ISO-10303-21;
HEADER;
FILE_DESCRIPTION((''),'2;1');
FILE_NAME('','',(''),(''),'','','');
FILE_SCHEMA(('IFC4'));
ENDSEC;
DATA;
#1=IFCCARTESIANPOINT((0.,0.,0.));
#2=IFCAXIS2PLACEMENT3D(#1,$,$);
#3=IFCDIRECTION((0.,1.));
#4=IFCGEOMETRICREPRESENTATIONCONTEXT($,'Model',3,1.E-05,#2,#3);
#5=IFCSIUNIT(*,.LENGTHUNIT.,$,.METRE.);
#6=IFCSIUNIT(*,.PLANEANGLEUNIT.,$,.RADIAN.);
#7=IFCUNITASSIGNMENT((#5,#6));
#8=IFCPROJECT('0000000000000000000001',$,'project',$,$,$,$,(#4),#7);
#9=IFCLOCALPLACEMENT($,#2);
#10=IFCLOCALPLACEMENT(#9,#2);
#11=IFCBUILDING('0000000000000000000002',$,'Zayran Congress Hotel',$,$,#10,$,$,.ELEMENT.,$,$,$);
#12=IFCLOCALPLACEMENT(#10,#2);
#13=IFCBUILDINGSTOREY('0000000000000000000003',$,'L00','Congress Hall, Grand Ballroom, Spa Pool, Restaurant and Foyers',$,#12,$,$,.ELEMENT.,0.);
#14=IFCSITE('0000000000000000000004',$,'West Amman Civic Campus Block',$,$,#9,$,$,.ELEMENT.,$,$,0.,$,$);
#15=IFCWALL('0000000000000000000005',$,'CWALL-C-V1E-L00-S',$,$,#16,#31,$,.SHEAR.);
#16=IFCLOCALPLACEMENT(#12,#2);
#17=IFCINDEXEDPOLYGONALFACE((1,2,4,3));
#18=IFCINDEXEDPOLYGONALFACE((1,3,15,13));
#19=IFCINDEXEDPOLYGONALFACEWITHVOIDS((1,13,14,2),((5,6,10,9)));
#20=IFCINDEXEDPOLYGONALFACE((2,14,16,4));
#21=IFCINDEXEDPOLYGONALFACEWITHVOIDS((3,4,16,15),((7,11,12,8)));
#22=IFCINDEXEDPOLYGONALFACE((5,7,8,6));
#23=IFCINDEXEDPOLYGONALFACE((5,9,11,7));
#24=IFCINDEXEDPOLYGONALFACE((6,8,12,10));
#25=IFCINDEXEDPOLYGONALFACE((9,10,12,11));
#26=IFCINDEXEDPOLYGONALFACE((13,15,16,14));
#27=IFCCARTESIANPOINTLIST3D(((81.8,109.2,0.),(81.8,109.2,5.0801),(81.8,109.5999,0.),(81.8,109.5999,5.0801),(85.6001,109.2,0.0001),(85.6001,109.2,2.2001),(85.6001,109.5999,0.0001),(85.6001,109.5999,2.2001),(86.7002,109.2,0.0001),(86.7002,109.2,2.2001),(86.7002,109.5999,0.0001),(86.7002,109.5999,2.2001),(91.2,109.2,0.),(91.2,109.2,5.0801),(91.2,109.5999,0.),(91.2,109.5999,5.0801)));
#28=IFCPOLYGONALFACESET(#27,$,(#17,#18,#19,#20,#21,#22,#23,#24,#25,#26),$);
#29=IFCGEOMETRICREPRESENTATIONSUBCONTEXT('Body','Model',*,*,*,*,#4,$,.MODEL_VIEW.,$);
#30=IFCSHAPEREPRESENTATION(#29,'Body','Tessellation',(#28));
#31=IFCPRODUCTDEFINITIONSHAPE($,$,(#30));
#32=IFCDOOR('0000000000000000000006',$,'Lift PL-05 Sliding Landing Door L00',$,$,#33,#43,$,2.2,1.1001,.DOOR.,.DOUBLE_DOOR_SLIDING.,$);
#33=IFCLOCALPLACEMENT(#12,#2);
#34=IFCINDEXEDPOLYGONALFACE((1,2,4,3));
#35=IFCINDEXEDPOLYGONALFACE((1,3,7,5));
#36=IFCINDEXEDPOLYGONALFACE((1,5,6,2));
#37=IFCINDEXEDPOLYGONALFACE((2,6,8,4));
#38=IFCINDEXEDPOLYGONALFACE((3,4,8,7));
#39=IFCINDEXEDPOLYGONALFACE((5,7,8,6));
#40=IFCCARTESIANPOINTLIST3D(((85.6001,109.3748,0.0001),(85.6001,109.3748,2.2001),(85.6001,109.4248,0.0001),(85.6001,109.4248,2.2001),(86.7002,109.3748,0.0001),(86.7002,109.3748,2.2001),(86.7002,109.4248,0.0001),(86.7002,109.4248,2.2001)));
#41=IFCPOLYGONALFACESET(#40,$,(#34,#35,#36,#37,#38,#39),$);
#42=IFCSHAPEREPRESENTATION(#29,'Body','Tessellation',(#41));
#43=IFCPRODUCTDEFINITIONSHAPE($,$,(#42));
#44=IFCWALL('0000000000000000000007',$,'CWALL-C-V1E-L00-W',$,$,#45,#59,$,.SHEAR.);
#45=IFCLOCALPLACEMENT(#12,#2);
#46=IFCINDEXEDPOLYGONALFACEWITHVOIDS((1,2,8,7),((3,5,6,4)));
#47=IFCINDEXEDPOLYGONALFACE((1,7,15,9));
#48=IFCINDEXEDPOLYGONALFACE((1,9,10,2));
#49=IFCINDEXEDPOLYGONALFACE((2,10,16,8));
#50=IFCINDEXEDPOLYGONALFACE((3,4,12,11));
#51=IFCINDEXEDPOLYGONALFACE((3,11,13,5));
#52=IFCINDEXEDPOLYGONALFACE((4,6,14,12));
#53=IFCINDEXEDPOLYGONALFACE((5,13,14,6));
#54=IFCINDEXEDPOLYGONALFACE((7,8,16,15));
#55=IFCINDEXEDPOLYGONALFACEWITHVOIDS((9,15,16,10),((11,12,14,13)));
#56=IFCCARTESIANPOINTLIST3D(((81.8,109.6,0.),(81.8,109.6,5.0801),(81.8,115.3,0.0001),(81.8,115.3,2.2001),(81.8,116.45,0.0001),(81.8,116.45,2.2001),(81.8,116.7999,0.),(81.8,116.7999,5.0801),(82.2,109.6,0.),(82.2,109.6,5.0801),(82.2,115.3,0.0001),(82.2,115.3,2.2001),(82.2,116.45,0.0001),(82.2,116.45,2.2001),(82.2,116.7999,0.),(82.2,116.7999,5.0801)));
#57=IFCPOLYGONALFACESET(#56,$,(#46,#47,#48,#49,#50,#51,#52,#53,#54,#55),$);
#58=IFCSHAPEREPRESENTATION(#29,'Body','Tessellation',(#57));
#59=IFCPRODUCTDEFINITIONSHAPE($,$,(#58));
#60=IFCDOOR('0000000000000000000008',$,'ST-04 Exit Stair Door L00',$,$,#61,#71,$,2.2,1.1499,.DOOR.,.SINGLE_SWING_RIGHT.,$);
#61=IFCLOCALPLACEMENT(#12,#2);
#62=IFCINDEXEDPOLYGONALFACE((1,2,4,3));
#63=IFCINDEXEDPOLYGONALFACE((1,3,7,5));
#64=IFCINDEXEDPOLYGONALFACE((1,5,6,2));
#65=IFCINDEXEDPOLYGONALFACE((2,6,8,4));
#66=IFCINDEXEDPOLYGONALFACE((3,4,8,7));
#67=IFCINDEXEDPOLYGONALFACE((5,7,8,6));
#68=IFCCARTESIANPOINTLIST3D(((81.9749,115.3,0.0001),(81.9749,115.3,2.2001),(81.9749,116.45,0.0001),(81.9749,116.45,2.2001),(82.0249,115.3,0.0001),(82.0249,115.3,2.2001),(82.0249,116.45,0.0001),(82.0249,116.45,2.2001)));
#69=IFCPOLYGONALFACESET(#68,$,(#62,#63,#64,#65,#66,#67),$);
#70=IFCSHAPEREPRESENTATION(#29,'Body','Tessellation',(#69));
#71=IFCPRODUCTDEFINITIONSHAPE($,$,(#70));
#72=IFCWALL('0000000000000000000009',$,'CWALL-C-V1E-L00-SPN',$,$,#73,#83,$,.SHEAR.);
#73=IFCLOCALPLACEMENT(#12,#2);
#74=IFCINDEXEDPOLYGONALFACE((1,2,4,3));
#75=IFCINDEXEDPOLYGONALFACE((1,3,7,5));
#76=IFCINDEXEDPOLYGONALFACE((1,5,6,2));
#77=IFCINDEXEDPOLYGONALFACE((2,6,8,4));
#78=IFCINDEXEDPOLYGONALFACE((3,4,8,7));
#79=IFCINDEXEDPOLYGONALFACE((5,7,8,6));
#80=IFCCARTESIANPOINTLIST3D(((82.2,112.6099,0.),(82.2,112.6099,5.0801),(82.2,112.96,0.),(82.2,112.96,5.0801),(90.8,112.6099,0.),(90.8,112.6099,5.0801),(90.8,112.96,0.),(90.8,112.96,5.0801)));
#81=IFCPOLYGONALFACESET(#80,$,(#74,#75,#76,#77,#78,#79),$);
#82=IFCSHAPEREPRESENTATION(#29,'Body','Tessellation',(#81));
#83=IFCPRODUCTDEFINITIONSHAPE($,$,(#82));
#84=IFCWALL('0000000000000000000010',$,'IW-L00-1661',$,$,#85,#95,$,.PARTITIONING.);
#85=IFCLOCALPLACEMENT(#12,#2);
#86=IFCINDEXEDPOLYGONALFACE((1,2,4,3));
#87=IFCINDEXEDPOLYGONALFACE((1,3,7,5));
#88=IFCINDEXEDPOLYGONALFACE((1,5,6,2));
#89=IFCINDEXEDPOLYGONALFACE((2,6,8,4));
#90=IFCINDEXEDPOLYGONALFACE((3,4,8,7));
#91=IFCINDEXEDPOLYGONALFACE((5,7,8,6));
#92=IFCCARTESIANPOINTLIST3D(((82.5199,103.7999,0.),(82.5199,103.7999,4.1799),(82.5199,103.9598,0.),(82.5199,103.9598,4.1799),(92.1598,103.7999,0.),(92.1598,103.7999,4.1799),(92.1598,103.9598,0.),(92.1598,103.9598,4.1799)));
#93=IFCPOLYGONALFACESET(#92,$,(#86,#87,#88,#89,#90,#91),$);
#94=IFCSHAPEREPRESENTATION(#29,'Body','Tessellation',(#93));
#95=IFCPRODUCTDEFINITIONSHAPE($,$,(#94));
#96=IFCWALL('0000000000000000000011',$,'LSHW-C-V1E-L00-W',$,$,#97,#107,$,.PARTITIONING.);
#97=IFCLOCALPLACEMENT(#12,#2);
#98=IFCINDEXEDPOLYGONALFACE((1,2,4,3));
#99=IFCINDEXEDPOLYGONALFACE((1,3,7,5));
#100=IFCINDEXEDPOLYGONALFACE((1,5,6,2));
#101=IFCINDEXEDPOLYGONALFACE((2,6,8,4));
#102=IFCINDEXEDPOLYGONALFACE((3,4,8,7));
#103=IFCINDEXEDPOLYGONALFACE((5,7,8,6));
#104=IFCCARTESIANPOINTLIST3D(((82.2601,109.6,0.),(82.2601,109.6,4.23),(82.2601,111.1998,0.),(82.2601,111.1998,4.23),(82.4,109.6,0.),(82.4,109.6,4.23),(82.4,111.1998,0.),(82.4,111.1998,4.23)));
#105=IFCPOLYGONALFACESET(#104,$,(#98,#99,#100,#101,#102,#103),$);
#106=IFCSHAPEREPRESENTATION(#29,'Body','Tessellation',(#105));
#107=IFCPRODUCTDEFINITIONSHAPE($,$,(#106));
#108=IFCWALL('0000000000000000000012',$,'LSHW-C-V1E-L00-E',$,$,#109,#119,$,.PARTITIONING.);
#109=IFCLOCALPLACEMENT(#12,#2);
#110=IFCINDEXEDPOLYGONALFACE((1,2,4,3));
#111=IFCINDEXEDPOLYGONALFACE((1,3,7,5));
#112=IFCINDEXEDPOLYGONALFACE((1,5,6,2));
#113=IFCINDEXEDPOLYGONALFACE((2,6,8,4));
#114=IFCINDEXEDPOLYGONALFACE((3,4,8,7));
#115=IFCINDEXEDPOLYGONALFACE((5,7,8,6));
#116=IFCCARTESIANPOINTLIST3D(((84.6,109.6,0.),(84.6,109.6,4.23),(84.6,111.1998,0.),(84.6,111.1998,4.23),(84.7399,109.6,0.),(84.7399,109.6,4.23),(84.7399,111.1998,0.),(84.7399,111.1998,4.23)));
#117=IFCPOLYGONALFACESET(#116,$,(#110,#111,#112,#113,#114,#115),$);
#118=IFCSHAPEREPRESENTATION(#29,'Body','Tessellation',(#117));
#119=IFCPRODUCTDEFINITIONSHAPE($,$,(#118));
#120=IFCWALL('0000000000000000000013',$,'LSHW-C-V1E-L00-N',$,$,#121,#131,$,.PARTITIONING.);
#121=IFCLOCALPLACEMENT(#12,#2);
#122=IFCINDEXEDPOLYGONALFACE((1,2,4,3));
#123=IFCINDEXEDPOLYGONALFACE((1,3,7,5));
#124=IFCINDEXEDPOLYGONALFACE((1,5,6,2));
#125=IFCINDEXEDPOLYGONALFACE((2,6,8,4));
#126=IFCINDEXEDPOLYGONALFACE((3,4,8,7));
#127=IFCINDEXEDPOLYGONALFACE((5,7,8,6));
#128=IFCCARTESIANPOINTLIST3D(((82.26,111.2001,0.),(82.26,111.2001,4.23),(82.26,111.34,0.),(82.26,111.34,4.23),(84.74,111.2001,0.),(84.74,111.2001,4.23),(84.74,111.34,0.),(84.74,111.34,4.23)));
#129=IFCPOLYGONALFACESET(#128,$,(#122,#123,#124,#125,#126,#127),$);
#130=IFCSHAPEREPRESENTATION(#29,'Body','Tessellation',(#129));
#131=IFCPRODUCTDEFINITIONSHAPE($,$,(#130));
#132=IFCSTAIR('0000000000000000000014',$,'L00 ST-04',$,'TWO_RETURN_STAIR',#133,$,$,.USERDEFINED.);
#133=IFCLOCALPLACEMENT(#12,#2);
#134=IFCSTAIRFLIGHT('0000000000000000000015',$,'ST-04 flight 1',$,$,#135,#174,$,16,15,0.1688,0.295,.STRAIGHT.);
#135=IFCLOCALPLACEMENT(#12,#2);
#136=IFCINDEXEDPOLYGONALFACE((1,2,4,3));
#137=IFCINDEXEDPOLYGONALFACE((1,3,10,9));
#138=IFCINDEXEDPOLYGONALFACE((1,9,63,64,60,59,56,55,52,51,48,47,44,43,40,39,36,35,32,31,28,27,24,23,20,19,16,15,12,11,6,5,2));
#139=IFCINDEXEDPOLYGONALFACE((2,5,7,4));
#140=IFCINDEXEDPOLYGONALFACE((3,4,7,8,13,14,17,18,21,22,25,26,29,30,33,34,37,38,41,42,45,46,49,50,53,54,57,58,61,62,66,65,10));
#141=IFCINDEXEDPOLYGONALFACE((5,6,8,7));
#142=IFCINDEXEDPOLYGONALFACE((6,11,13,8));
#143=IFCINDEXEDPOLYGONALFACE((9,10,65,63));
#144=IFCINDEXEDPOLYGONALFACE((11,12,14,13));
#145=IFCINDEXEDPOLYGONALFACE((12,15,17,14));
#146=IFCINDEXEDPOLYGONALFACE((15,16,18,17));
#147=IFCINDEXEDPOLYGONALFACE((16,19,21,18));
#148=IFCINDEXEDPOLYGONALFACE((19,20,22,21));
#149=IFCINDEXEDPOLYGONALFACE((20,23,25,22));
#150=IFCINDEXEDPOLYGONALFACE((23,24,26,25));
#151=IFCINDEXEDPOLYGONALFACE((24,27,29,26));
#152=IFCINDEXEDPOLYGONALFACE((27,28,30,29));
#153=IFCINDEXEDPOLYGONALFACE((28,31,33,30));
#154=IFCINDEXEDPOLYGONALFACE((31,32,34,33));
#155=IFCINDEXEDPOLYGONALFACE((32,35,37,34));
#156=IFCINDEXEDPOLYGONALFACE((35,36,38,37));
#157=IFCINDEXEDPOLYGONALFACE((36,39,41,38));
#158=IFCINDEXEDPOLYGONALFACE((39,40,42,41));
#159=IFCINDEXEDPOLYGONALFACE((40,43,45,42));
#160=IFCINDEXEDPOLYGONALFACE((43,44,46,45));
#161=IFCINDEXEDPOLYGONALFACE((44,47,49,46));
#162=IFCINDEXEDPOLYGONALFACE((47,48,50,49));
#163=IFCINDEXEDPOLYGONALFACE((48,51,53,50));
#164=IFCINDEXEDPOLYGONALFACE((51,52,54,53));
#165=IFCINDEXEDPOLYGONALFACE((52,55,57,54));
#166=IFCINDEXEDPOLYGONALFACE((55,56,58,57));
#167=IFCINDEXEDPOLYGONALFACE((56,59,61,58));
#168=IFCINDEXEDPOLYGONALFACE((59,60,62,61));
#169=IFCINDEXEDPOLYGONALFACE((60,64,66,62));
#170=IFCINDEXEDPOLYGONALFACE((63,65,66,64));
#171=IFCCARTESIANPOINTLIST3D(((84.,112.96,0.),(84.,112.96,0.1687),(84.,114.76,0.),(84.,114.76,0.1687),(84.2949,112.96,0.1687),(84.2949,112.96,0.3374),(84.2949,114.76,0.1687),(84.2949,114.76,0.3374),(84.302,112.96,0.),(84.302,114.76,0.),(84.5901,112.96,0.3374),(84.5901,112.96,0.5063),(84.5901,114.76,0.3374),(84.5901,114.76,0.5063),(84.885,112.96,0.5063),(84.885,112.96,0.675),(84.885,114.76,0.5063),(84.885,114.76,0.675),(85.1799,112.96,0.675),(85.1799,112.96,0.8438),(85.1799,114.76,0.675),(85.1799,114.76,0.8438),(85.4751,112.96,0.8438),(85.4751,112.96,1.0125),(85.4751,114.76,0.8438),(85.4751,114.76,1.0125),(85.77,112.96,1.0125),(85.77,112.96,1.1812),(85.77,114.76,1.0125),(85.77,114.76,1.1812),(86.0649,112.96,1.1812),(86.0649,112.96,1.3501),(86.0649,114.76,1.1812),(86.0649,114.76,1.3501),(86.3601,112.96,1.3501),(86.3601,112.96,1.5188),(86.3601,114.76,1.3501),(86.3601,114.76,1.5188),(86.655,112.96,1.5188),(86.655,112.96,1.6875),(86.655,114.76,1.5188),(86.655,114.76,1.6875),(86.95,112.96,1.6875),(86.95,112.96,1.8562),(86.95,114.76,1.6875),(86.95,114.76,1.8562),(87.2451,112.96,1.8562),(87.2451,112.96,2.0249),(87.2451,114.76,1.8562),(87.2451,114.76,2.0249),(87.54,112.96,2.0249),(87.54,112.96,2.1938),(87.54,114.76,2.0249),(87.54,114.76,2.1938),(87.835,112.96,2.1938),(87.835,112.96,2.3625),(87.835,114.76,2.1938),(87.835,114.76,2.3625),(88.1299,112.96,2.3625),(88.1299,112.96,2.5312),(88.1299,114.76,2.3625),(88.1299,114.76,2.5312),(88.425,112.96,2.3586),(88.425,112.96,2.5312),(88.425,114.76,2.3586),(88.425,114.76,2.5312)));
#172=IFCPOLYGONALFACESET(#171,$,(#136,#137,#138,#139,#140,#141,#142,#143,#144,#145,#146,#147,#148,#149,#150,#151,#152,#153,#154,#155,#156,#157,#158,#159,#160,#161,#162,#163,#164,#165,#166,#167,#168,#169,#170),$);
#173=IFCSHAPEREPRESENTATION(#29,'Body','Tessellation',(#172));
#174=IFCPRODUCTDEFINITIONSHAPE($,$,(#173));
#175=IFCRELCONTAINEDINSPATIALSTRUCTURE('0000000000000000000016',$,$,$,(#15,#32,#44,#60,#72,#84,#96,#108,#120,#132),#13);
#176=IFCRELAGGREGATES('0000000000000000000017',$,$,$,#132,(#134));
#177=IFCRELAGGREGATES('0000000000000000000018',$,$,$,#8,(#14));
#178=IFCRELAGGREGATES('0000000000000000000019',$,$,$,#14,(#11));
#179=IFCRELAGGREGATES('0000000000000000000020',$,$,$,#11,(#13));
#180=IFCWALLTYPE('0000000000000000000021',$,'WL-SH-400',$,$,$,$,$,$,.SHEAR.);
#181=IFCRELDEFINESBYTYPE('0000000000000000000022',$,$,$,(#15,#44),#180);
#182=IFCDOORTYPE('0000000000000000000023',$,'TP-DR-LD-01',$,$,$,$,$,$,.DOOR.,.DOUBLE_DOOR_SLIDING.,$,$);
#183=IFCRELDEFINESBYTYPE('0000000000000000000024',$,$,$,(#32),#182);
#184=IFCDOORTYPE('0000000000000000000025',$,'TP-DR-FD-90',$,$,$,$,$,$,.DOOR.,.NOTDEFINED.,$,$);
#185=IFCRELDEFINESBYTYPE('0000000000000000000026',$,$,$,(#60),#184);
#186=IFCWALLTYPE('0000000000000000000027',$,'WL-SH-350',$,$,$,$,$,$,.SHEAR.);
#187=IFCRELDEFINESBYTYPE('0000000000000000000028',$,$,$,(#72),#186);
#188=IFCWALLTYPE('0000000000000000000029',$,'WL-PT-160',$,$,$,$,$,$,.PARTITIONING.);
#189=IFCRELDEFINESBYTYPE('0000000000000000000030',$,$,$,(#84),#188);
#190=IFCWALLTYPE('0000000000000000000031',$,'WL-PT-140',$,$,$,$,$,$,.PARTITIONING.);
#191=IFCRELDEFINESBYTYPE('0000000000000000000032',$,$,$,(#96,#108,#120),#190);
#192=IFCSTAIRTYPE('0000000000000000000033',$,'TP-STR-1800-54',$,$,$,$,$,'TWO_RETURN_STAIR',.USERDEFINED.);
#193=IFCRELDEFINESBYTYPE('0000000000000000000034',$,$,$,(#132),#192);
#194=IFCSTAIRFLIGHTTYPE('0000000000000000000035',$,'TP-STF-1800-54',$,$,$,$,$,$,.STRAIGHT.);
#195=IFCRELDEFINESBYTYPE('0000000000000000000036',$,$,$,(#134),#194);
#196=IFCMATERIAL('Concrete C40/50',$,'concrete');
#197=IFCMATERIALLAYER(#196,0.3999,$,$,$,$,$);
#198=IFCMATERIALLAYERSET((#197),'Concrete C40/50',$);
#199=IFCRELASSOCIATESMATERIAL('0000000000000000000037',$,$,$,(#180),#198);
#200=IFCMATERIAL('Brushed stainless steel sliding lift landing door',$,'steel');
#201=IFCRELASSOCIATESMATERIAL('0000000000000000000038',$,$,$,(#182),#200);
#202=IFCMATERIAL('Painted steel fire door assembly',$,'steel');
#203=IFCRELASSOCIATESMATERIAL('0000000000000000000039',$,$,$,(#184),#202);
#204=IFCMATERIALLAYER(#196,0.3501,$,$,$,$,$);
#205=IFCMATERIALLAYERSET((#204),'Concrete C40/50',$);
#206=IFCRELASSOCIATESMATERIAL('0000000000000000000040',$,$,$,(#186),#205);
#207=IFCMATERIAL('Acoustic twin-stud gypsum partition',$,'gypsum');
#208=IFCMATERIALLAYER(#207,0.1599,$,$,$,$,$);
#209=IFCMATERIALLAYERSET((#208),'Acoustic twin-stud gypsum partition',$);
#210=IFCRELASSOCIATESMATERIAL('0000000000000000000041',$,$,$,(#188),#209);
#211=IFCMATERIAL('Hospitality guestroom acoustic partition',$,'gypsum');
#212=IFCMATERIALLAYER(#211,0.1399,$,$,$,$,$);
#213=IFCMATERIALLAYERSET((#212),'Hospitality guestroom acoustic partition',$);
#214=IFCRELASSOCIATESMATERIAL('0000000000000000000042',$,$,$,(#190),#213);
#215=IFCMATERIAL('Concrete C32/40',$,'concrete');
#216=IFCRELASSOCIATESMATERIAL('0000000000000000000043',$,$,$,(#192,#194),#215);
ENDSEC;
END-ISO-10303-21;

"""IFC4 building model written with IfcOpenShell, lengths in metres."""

from ifc_helpers import new_model, si_unit, direction, frame, frame_2d, origin, place, context, subcontext, project, spatial, polyline, rectangle, outline, extrude, material, layer, layer_set, type_object, element, fill, aggregate, save


model = new_model("IFC4")

# Units and contexts
model_context = context("Model", 3, precision=1e-05, world=origin(), true_north=direction((0.0, 1.0)))
body_context = subcontext(model_context, "Body", "Model", "MODEL_VIEW")
ifc_project = project(units=[si_unit("LENGTHUNIT", "METRE"), si_unit("PLANEANGLEUNIT", "RADIAN")], contexts=[model_context])

# Site, building, storey
site_placement = place(None, origin())
site = spatial("IfcSite", under=ifc_project, at=site_placement, Name="West Amman Civic Campus Block", CompositionType="ELEMENT", RefElevation=0.0)
building_placement = place(site_placement, origin())
building = spatial("IfcBuilding", under=site, at=building_placement, Name="Zayran Congress Hotel", CompositionType="ELEMENT")
storey_placement = place(building_placement, origin())
storey = spatial("IfcBuildingStorey", under=building, at=storey_placement, Name="L00", Description="Congress Hall, Grand Ballroom, Spa Pool, Restaurant and Foyers", CompositionType="ELEMENT", Elevation=0.0)

# Shared definitions
ifc_material_1 = material(Name="Concrete C40/50", Category="concrete")

# Walls, openings, doors
ifc_layer_1 = layer(ifc_material_1, 0.3999)
ifc_layer_set_1 = layer_set([ifc_layer_1], Name="Concrete C40/50")
wall_type_1 = type_object("IfcWallType", Name="WL-SH-400", PredefinedType="SHEAR", material=ifc_layer_set_1)
wall_1_placement = place(storey_placement, frame((81.8, 109.3999, 0.0), z_axis=(0.0, 0.0, 1.0), x_axis=(1.0, 0.0, 0.0)))
wall_1 = element("IfcWall", 1, at=wall_1_placement, inside=storey, type_object=wall_type_1, Name="CWALL-C-V1E-L00-S", PredefinedType="SHEAR", context=body_context, shape_type="SweptSolid", body=[
    extrude(rectangle(XDim=9.3999, YDim=0.3999, at=frame_2d((4.7, 0.0))), origin(), (0.0, 0.0, 1.0), 5.0801),
])
opening_1_placement = place(wall_1_placement, frame((3.8, 0.0, 0.0)))
opening_1 = element("IfcOpeningElement", 2, at=opening_1_placement, cuts=wall_1, PredefinedType="OPENING", context=body_context, shape_type="SweptSolid", body=[
    extrude(rectangle(XDim=1.1001, YDim=2.2, at=frame_2d((0.55, 1.1001))), frame((0.0, 0.21, 0.0), z_axis=(0.0, -1.0, 0.0), x_axis=(1.0, 0.0, 0.0)), (0.0, 0.0, 1.0), 0.4199),
])
ifc_material_2 = material(Name="Brushed stainless steel sliding lift landing door", Category="steel")
door_type_1 = type_object("IfcDoorType", Name="TP-DR-LD-01", OperationType="DOUBLE_DOOR_SLIDING", PredefinedType="DOOR", material=ifc_material_2)
door_1_placement = place(opening_1_placement, origin())
door_1 = element("IfcDoor", 3, at=door_1_placement, inside=storey, type_object=door_type_1, Name="Lift PL-05 Sliding Landing Door L00", OperationType="DOUBLE_DOOR_SLIDING", OverallHeight=2.2, OverallWidth=1.1001, PredefinedType="DOOR", context=body_context, shape_type="SweptSolid", body=[
    extrude(rectangle(XDim=1.1001, YDim=2.2, at=frame_2d((0.55, 1.1001))), frame((0.0, 0.0249, 0.0), z_axis=(0.0, -1.0, 0.0), x_axis=(1.0, 0.0, 0.0)), (0.0, 0.0, 1.0), 0.05),
])
fill(opening_1, door_1)
wall_2_placement = place(storey_placement, frame((82.0, 116.8, 0.0), z_axis=(0.0, 0.0, 1.0), x_axis=(0.0, -1.0, 0.0)))
wall_2 = element("IfcWall", 4, at=wall_2_placement, inside=storey, type_object=wall_type_1, Name="CWALL-C-V1E-L00-W", PredefinedType="SHEAR", context=body_context, shape_type="SweptSolid", body=[
    extrude(rectangle(XDim=7.2, YDim=0.3999, at=frame_2d((3.6001, 0.0))), origin(), (0.0, 0.0, 1.0), 5.0801),
])
opening_2_placement = place(wall_2_placement, frame((0.3501, 0.0, 0.0)))
opening_2 = element("IfcOpeningElement", 5, at=opening_2_placement, cuts=wall_2, PredefinedType="OPENING", context=body_context, shape_type="SweptSolid", body=[
    extrude(rectangle(XDim=1.1499, YDim=2.2, at=frame_2d((0.575, 1.1001))), frame((0.0, 0.21, 0.0), z_axis=(0.0, -1.0, 0.0), x_axis=(1.0, 0.0, 0.0)), (0.0, 0.0, 1.0), 0.4199),
])
ifc_material_3 = material(Name="Painted steel fire door assembly", Category="steel")
door_type_2 = type_object("IfcDoorType", Name="TP-DR-FD-90", OperationType="NOTDEFINED", PredefinedType="DOOR", material=ifc_material_3)
door_2_placement = place(opening_2_placement, origin())
door_2 = element("IfcDoor", 6, at=door_2_placement, inside=storey, type_object=door_type_2, Name="ST-04 Exit Stair Door L00", OperationType="SINGLE_SWING_RIGHT", OverallHeight=2.2, OverallWidth=1.1499, PredefinedType="DOOR", context=body_context, shape_type="SweptSolid", body=[
    extrude(rectangle(XDim=1.1499, YDim=2.2, at=frame_2d((0.575, 1.1001))), frame((0.0, 0.0249, 0.0), z_axis=(0.0, -1.0, 0.0), x_axis=(1.0, 0.0, 0.0)), (0.0, 0.0, 1.0), 0.05),
])
fill(opening_2, door_2)

# Walls
ifc_layer_2 = layer(ifc_material_1, 0.3501)
ifc_layer_set_2 = layer_set([ifc_layer_2], Name="Concrete C40/50")
wall_type_2 = type_object("IfcWallType", Name="WL-SH-350", PredefinedType="SHEAR", material=ifc_layer_set_2)
wall_3_placement = place(storey_placement, frame((82.2, 112.7849, 0.0), z_axis=(0.0, 0.0, 1.0), x_axis=(1.0, 0.0, 0.0)))
element("IfcWall", 7, at=wall_3_placement, inside=storey, type_object=wall_type_2, Name="CWALL-C-V1E-L00-SPN", PredefinedType="SHEAR", context=body_context, shape_type="SweptSolid", body=[
    extrude(rectangle(XDim=8.6001, YDim=0.3501, at=frame_2d((4.3, 0.0))), origin(), (0.0, 0.0, 1.0), 5.0801),
])
ifc_material_4 = material(Name="Acoustic twin-stud gypsum partition", Category="gypsum")
ifc_layer_3 = layer(ifc_material_4, 0.1599)
ifc_layer_set_3 = layer_set([ifc_layer_3], Name="Acoustic twin-stud gypsum partition")
wall_type_3 = type_object("IfcWallType", Name="WL-PT-160", PredefinedType="PARTITIONING", material=ifc_layer_set_3)
wall_4_placement = place(storey_placement, frame((82.52, 103.8799, 0.0), z_axis=(0.0, 0.0, 1.0), x_axis=(1.0, 0.0, 0.0)))
element("IfcWall", 8, at=wall_4_placement, inside=storey, type_object=wall_type_3, Name="IW-L00-1661", PredefinedType="PARTITIONING", context=body_context, shape_type="SweptSolid", body=[
    extrude(rectangle(XDim=9.6399, YDim=0.1599, at=frame_2d((4.8198, 0.0))), origin(), (0.0, 0.0, 1.0), 4.1799),
])
ifc_material_5 = material(Name="Hospitality guestroom acoustic partition", Category="gypsum")
ifc_layer_4 = layer(ifc_material_5, 0.1399)
ifc_layer_set_4 = layer_set([ifc_layer_4], Name="Hospitality guestroom acoustic partition")
wall_type_4 = type_object("IfcWallType", Name="WL-PT-140", PredefinedType="PARTITIONING", material=ifc_layer_set_4)
for number, where, z_axis, x_axis, name in (
    (9, (82.3301, 109.6001, 0.0), (0.0, 0.0, 1.0), (0.0, 1.0, 0.0), "LSHW-C-V1E-L00-W"),
    (10, (84.6699, 109.6001, 0.0), (0.0, 0.0, 1.0), (0.0, 1.0, 0.0), "LSHW-C-V1E-L00-E"),
):
    element("IfcWall", number, at=place(storey_placement, frame(where, z_axis=z_axis, x_axis=x_axis)), inside=storey, type_object=wall_type_4, Name=name, PredefinedType="PARTITIONING", context=body_context, shape_type="SweptSolid", body=[
        extrude(rectangle(XDim=1.5999, YDim=0.1399, at=frame_2d((0.7998, 0.0))), origin(), (0.0, 0.0, 1.0), 4.23),
    ])
wall_5_placement = place(storey_placement, frame((82.26, 111.27, 0.0), z_axis=(0.0, 0.0, 1.0), x_axis=(1.0, 0.0, 0.0)))
element("IfcWall", 11, at=wall_5_placement, inside=storey, type_object=wall_type_4, Name="LSHW-C-V1E-L00-N", PredefinedType="PARTITIONING", context=body_context, shape_type="SweptSolid", body=[
    extrude(rectangle(XDim=2.48, YDim=0.1399, at=frame_2d((1.24, 0.0))), origin(), (0.0, 0.0, 1.0), 4.23),
])

# Stair, stair flight
ifc_material_6 = material(Name="Concrete C32/40", Category="concrete")
stair_type = type_object("IfcStairType", Name="TP-STR-1800-54", ElementType="TWO_RETURN_STAIR", PredefinedType="USERDEFINED", material=ifc_material_6)
stair_placement = place(storey_placement, origin())
stair = element("IfcStair", 12, at=stair_placement, inside=storey, type_object=stair_type, Name="L00 ST-04", ObjectType="TWO_RETURN_STAIR", PredefinedType="USERDEFINED")
stair_flight_type = type_object("IfcStairFlightType", Name="TP-STF-1800-54", PredefinedType="STRAIGHT", material=ifc_material_6)
stair_flight_1_placement = place(storey_placement, frame((84.0, 113.8601, 0.0), z_axis=(0.0, 0.0, 1.0), x_axis=(1.0, 0.0, 0.0)))
stair_flight_1 = element("IfcStairFlight", 13, at=stair_flight_1_placement, type_object=stair_flight_type, Name="ST-04 flight 1", NumberOfRisers=16, NumberOfTreads=15, PredefinedType="STRAIGHT", RiserHeight=0.1688, TreadLength=0.295, context=body_context, shape_type="SweptSolid", body=[
    extrude(outline(polyline([(0.0, 0.0), (0.0, 0.1687), (0.2949, 0.1687), (0.2949, 0.3374), (0.5901, 0.3374), (0.5901, 0.5063), (0.885, 0.5063), (0.885, 0.675), (1.1799, 0.675), (1.1799, 0.8438), (1.4751, 0.8438), (1.4751, 1.0125), (1.77, 1.0125), (1.77, 1.1812), (2.0649, 1.1812), (2.0649, 1.3501), (2.3601, 1.3501), (2.3601, 1.5188), (2.655, 1.5188), (2.655, 1.6875), (2.95, 1.6875), (2.95, 1.8562), (3.2451, 1.8562), (3.2451, 2.0249), (3.54, 2.0249), (3.54, 2.1938), (3.835, 2.1938), (3.835, 2.3625), (4.1299, 2.3625), (4.1299, 2.5312), (4.425, 2.5312), (4.425, 2.7), (4.425, 2.3586), (0.302, 0.0), (0.0, 0.0)])), frame((0.0, 0.8999, 0.0), z_axis=(0.0, -1.0, 0.0), x_axis=(1.0, 0.0, 0.0)), (0.0, 0.0, 1.0), 1.8),
])
aggregate(stair, [stair_flight_1])

save(model, "model.ifc")
